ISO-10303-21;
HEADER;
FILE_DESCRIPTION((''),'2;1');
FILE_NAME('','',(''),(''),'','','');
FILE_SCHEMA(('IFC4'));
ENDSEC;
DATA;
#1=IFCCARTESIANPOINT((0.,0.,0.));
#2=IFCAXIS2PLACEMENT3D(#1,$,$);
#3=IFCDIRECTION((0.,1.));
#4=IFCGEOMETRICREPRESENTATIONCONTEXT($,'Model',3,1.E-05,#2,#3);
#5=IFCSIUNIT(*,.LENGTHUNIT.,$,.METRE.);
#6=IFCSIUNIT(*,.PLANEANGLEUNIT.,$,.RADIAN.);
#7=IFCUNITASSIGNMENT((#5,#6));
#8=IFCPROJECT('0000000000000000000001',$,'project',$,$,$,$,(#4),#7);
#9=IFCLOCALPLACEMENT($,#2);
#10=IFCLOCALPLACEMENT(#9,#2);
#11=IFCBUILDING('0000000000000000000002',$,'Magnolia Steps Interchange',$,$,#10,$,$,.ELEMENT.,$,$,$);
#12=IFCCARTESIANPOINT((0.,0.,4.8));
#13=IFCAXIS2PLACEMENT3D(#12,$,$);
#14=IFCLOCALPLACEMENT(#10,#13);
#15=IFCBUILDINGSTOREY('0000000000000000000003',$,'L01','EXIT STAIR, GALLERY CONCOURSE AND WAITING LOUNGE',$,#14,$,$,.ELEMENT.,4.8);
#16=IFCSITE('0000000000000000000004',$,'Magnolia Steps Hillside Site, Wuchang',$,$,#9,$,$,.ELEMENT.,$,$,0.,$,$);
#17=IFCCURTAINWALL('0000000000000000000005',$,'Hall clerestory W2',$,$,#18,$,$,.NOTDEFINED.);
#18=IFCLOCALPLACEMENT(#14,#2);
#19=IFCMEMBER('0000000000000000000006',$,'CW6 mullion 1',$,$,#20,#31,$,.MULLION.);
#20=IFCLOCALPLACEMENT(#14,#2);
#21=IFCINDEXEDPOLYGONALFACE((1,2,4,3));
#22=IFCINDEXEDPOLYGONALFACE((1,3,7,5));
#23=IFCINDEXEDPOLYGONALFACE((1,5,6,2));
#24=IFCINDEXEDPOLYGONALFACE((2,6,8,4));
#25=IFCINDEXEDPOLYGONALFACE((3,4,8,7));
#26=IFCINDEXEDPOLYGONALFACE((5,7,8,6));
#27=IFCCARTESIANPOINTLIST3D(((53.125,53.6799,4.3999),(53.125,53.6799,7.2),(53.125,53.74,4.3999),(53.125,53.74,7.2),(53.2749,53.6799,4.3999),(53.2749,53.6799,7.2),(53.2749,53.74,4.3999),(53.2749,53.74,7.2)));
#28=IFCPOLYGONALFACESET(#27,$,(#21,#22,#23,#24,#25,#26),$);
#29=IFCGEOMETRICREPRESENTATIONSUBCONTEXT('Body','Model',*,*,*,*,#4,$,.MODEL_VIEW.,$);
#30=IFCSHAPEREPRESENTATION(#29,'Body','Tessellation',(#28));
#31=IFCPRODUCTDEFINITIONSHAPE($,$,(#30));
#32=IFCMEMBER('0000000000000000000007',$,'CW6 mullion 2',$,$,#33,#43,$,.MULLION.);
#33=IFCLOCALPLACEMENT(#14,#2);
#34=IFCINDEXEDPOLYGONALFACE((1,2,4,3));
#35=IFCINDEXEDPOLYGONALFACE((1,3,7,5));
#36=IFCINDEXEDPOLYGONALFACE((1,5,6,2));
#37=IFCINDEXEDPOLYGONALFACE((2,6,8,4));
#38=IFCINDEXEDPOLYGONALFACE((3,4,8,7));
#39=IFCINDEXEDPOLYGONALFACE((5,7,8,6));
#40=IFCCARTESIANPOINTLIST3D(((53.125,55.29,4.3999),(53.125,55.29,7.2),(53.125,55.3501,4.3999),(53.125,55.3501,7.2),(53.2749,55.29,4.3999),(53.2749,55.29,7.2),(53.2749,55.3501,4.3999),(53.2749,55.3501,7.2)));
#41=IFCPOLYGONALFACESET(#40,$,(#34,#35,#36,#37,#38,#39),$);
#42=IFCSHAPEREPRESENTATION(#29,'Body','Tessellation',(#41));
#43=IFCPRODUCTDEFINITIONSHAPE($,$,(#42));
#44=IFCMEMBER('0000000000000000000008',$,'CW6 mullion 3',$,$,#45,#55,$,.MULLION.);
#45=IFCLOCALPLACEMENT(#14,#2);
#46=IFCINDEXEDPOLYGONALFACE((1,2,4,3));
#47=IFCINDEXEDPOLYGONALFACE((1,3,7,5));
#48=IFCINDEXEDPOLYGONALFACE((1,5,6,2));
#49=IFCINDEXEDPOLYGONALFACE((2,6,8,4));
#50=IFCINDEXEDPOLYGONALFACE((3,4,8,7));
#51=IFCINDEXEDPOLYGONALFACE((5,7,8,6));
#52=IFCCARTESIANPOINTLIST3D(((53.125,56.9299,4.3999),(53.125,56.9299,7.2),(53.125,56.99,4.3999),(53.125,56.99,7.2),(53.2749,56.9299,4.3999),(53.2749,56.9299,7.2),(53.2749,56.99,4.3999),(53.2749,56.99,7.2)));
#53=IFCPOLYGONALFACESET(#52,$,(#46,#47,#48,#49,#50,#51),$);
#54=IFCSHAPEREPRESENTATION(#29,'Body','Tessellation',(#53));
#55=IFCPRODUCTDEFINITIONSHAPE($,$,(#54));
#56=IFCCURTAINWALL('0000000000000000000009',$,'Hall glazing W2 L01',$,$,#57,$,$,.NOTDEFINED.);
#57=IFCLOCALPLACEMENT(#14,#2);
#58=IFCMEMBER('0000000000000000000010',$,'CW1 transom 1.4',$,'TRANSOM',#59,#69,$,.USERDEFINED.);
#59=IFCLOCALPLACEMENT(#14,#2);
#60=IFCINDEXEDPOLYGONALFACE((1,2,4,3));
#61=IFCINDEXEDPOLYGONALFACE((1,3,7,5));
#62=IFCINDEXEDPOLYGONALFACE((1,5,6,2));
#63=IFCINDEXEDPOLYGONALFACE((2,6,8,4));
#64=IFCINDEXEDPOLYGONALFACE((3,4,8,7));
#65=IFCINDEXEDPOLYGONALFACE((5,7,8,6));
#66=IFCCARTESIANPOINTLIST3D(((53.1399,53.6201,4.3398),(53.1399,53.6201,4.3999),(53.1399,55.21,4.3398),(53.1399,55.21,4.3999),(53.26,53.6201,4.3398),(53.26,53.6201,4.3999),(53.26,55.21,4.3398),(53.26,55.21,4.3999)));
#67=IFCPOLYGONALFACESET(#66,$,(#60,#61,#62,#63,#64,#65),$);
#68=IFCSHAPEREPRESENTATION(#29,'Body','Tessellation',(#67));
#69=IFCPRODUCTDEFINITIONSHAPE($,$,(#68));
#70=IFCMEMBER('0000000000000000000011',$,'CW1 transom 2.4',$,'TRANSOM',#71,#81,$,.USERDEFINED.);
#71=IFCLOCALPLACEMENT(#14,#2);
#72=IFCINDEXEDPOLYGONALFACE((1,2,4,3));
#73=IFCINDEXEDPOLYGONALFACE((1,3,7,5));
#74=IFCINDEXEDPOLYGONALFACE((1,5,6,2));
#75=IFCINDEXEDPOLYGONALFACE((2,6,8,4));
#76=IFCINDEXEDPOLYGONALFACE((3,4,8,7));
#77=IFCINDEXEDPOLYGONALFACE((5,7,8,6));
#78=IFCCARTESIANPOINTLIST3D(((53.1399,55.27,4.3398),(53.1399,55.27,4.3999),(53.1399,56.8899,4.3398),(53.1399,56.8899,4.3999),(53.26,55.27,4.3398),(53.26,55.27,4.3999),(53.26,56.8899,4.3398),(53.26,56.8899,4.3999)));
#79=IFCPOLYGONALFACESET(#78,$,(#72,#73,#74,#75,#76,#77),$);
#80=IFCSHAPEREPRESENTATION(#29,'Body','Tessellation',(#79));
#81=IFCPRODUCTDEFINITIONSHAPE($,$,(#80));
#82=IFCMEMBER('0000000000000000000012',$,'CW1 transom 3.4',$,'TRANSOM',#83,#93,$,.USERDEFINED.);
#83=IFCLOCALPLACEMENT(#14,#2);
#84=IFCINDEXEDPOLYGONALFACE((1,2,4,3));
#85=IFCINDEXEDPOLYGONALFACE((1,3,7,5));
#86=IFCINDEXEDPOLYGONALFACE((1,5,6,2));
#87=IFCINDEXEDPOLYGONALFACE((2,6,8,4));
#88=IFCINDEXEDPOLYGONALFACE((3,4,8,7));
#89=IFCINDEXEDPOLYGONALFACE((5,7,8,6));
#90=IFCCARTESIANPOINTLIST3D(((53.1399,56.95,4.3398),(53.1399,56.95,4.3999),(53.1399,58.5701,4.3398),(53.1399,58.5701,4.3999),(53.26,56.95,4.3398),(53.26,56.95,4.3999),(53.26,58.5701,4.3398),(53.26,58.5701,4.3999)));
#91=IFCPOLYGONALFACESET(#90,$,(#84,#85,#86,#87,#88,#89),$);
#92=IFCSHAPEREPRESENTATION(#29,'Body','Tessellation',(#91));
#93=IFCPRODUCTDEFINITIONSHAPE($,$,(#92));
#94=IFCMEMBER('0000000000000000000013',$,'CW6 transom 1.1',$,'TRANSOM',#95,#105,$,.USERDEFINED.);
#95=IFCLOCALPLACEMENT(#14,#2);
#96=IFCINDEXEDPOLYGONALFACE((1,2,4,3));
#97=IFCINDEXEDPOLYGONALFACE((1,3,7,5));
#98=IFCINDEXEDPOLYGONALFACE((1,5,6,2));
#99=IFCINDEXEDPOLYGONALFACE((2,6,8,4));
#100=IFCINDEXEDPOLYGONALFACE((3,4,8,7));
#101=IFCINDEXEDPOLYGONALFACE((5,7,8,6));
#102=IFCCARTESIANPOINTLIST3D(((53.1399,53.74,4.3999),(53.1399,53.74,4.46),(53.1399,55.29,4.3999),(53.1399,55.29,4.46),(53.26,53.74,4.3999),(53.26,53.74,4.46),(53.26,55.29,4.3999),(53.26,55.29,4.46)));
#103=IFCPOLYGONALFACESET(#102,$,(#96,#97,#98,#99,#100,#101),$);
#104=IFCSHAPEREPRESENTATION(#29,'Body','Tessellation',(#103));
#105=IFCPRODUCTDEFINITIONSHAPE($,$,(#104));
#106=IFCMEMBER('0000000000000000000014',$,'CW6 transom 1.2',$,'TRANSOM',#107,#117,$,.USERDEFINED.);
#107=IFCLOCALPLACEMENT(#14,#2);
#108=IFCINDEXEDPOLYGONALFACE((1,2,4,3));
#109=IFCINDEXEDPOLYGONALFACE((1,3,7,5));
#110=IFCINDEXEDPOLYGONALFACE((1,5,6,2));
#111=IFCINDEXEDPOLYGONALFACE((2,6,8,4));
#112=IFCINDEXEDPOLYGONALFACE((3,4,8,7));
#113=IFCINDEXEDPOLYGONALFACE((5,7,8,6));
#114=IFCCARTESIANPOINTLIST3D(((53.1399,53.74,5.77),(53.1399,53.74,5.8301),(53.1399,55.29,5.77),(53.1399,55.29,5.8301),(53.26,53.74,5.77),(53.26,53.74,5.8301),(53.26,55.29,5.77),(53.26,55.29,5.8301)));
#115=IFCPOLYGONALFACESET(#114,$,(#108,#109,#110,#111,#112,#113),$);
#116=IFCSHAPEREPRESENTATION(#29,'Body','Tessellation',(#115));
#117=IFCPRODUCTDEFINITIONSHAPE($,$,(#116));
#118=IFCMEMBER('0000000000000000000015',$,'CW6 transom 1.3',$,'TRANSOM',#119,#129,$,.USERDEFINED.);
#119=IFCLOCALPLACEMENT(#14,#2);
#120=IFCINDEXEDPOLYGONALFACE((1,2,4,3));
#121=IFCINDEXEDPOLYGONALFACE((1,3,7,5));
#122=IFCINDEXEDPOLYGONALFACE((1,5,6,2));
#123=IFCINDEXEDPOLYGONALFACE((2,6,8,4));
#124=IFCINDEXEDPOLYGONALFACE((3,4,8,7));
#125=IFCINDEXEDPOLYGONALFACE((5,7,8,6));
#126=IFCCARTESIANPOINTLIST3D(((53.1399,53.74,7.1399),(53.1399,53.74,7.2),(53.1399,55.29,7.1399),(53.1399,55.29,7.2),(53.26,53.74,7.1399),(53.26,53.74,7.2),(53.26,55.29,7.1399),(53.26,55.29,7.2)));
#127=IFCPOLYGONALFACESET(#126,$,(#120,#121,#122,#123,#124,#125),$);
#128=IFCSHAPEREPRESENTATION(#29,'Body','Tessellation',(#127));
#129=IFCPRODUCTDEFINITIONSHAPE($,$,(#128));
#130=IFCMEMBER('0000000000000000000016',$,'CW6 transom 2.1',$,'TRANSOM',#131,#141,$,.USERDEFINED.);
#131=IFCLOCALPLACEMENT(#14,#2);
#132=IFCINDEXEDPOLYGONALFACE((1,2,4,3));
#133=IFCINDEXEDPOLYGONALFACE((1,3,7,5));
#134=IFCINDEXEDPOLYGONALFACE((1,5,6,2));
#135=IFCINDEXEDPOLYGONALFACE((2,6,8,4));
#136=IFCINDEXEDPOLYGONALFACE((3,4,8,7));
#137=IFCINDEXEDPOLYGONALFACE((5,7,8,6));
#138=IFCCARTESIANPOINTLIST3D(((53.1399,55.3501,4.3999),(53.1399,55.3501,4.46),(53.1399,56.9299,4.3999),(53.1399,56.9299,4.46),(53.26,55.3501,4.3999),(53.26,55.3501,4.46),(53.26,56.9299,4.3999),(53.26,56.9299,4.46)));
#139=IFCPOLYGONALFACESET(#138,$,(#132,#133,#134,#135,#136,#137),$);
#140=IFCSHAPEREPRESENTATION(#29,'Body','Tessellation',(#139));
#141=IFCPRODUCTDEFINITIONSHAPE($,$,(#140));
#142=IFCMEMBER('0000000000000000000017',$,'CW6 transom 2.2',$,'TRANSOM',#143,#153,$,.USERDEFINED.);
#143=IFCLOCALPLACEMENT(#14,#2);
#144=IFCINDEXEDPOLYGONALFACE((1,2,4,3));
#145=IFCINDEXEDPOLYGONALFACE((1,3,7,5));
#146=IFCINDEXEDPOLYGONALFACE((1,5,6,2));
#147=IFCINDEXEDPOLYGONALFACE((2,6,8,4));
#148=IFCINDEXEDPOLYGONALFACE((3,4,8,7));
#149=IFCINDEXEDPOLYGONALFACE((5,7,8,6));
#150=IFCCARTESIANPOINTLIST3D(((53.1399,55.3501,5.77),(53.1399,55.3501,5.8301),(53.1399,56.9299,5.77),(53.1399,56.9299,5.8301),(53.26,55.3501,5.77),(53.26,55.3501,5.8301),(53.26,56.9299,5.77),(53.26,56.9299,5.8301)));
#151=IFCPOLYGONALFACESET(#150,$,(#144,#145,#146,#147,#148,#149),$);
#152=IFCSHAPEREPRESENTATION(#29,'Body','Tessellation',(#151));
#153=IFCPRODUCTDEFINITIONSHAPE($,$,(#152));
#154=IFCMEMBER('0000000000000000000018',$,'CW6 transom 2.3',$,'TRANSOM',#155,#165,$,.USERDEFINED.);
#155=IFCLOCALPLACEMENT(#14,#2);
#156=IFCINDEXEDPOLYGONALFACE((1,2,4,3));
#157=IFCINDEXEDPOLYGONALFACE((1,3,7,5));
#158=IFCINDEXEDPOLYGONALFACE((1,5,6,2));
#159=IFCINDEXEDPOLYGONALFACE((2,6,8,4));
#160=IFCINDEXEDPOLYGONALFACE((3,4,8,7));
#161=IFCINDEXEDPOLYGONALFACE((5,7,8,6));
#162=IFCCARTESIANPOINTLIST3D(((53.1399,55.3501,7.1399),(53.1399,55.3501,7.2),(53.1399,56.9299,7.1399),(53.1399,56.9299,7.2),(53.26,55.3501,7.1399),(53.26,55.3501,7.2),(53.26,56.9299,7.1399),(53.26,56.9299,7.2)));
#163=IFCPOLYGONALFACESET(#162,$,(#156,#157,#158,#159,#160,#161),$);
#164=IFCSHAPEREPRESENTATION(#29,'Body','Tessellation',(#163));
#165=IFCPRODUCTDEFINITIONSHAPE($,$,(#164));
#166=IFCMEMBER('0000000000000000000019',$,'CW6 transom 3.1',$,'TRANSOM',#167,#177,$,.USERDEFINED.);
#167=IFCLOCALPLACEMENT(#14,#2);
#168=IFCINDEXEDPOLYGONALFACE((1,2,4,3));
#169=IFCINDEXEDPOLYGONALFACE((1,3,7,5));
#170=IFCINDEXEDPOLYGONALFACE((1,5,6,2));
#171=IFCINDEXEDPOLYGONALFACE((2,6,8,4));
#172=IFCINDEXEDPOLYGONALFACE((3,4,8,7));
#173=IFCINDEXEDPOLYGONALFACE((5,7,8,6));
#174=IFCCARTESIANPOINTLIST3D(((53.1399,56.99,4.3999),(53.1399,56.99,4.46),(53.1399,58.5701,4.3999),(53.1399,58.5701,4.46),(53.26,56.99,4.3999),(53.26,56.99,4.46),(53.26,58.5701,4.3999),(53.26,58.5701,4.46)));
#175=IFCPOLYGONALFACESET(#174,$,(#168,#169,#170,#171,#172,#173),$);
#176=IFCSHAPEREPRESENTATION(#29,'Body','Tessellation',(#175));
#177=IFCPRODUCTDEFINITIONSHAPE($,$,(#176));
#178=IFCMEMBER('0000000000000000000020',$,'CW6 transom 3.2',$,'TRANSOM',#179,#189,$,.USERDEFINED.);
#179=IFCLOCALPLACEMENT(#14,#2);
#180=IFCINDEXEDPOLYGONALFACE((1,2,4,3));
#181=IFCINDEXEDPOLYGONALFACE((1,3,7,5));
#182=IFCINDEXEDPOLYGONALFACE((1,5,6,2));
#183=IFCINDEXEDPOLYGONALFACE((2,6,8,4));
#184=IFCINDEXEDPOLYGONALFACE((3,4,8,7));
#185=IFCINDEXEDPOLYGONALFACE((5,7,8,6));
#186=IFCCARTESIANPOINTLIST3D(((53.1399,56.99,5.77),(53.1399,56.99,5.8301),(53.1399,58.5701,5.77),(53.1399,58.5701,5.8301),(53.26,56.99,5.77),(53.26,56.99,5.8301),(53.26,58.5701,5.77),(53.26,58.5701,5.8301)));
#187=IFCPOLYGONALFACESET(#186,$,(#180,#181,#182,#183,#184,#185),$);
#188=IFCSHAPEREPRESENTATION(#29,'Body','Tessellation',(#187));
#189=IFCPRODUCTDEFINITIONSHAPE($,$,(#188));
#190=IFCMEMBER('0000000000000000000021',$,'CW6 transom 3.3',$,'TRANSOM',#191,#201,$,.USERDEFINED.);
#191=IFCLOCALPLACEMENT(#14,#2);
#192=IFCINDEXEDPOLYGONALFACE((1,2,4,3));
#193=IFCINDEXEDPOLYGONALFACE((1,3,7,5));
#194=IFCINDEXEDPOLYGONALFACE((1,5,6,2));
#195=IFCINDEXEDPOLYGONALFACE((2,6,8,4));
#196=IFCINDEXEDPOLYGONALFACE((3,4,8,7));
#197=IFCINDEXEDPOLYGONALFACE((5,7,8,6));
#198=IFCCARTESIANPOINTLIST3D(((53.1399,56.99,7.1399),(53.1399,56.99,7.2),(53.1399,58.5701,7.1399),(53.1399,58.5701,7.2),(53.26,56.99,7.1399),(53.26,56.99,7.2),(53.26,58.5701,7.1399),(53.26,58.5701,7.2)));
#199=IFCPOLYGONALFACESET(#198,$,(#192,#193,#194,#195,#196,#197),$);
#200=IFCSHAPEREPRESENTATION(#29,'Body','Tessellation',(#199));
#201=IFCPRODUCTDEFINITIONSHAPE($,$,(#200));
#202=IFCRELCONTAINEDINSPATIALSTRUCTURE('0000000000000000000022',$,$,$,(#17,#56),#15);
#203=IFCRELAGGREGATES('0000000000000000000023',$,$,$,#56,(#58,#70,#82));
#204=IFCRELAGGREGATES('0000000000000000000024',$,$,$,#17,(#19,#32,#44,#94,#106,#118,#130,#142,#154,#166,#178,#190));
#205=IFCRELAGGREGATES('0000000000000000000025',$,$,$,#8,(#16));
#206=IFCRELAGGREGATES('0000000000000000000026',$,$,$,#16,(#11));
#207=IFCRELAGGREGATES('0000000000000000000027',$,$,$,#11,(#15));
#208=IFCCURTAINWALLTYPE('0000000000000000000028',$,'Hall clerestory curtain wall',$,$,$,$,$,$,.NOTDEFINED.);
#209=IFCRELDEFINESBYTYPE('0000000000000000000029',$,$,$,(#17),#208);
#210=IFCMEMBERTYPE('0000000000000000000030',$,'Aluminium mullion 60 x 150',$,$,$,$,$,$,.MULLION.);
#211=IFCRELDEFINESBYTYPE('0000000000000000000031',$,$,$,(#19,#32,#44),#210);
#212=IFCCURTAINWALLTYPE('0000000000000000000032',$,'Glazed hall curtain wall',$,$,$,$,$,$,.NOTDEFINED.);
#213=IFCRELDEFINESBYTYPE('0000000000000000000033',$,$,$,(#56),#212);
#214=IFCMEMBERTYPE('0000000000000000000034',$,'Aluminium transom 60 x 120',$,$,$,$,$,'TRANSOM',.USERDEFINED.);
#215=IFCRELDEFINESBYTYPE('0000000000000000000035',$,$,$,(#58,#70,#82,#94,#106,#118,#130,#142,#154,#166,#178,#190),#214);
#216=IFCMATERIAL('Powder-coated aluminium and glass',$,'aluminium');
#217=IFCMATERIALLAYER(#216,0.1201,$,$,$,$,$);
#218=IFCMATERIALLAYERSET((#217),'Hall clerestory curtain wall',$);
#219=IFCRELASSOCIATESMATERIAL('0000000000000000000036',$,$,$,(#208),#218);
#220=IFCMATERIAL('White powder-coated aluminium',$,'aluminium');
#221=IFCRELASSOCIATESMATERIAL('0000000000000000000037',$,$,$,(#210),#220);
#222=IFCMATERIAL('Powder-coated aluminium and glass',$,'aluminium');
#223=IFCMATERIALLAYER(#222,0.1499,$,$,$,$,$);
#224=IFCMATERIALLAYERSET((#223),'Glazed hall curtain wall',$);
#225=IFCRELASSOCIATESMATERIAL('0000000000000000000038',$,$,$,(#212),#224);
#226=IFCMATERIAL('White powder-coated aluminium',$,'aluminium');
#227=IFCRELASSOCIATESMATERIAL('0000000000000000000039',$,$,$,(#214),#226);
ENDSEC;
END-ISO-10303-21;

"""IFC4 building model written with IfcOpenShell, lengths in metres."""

from ifc_helpers import new_model, si_unit, direction, frame, origin, origin_2d, place, context, subcontext, project, spatial, rectangle, extrude, material, layer, layer_set, material_profile, profile_set, type_object, element, aggregate, save


model = new_model("IFC4")

# Units and contexts
model_context = context("Model", 3, precision=1e-05, world=origin(), true_north=direction((0.0, 1.0)))
body_context = subcontext(model_context, "Body", "Model", "MODEL_VIEW")
ifc_project = project(units=[si_unit("LENGTHUNIT", "METRE"), si_unit("PLANEANGLEUNIT", "RADIAN")], contexts=[model_context])

# Site, building, storey
site_placement = place(None, origin())
site = spatial("IfcSite", under=ifc_project, at=site_placement, Name="Magnolia Steps Hillside Site, Wuchang", CompositionType="ELEMENT", RefElevation=0.0)
building_placement = place(site_placement, origin())
building = spatial("IfcBuilding", under=site, at=building_placement, Name="Magnolia Steps Interchange", CompositionType="ELEMENT")
storey_placement = place(building_placement, frame((0.0, 0.0, 4.8)))
storey = spatial("IfcBuildingStorey", under=building, at=storey_placement, Name="L01", Description="EXIT STAIR, GALLERY CONCOURSE AND WAITING LOUNGE", CompositionType="ELEMENT", Elevation=4.8)

# Curtain walls, members
ifc_material_1 = material(Name="Powder-coated aluminium and glass", Category="aluminium")
ifc_layer_1 = layer(ifc_material_1, 0.1201)
ifc_layer_set_1 = layer_set([ifc_layer_1], Name="Hall clerestory curtain wall")
curtain_wall_type_1 = type_object("IfcCurtainWallType", Name="Hall clerestory curtain wall", PredefinedType="NOTDEFINED", material=ifc_layer_set_1)
curtain_wall_1_placement = place(storey_placement, origin())
curtain_wall_1 = element("IfcCurtainWall", 1, at=curtain_wall_1_placement, inside=storey, type_object=curtain_wall_type_1, Name="Hall clerestory W2", PredefinedType="NOTDEFINED")
ifc_material_2 = material(Name="White powder-coated aluminium", Category="aluminium")
ifc_material_profile_1 = material_profile(ifc_material_2, rectangle(XDim=0.0601, YDim=0.1499, at=origin_2d()), Name="Aluminium mullion 60 x 150")
ifc_profile_set_1 = profile_set([ifc_material_profile_1], Name="White powder-coated aluminium")
member_type_1 = type_object("IfcMemberType", Name="Aluminium mullion 60 x 150", PredefinedType="MULLION", material=ifc_profile_set_1)
member_1_placement = place(storey_placement, frame((53.2, 53.71, 4.3999), z_axis=(0.0, 0.0, 1.0), x_axis=(0.0, 1.0, 0.0)))
member_1 = element("IfcMember", 2, at=member_1_placement, type_object=member_type_1, Name="CW6 mullion 1", PredefinedType="MULLION", context=body_context, shape_type="SweptSolid", body=[
    extrude(rectangle(XDim=0.0601, YDim=0.1499, at=origin_2d()), origin(), (0.0, 0.0, 1.0), 2.8),
])
member_2_placement = place(storey_placement, frame((53.2, 55.3201, 4.3999), z_axis=(0.0, 0.0, 1.0), x_axis=(0.0, 1.0, 0.0)))
member_2 = element("IfcMember", 3, at=member_2_placement, type_object=member_type_1, Name="CW6 mullion 2", PredefinedType="MULLION", context=body_context, shape_type="SweptSolid", body=[
    extrude(rectangle(XDim=0.0601, YDim=0.1499, at=origin_2d()), origin(), (0.0, 0.0, 1.0), 2.8),
])
member_3_placement = place(storey_placement, frame((53.2, 56.96, 4.3999), z_axis=(0.0, 0.0, 1.0), x_axis=(0.0, 1.0, 0.0)))
member_3 = element("IfcMember", 4, at=member_3_placement, type_object=member_type_1, Name="CW6 mullion 3", PredefinedType="MULLION", context=body_context, shape_type="SweptSolid", body=[
    extrude(rectangle(XDim=0.0601, YDim=0.1499, at=origin_2d()), origin(), (0.0, 0.0, 1.0), 2.8),
])
ifc_material_3 = material(Name="Powder-coated aluminium and glass", Category="aluminium")
ifc_layer_2 = layer(ifc_material_3, 0.1499)
ifc_layer_set_2 = layer_set([ifc_layer_2], Name="Glazed hall curtain wall")
curtain_wall_type_2 = type_object("IfcCurtainWallType", Name="Glazed hall curtain wall", PredefinedType="NOTDEFINED", material=ifc_layer_set_2)
curtain_wall_2_placement = place(storey_placement, origin())
curtain_wall_2 = element("IfcCurtainWall", 5, at=curtain_wall_2_placement, inside=storey, type_object=curtain_wall_type_2, Name="Hall glazing W2 L01", PredefinedType="NOTDEFINED")
ifc_material_4 = material(Name="White powder-coated aluminium", Category="aluminium")
ifc_material_profile_2 = material_profile(ifc_material_4, rectangle(XDim=0.0601, YDim=0.1201, at=origin_2d()), Name="Aluminium transom 60 x 120")
ifc_profile_set_2 = profile_set([ifc_material_profile_2], Name="White powder-coated aluminium")
member_type_2 = type_object("IfcMemberType", Name="Aluminium transom 60 x 120", ElementType="TRANSOM", PredefinedType="USERDEFINED", material=ifc_profile_set_2)
member_4_placement = place(storey_placement, frame((53.2, 53.6201, 4.3699), z_axis=(0.0, 1.0, 0.0), x_axis=(0.0, 0.0, 1.0)))
member_4 = element("IfcMember", 6, at=member_4_placement, type_object=member_type_2, Name="CW1 transom 1.4", ObjectType="TRANSOM", PredefinedType="USERDEFINED", context=body_context, shape_type="SweptSolid", body=[
    extrude(rectangle(XDim=0.0601, YDim=0.1201, at=origin_2d()), origin(), (0.0, 0.0, 1.0), 1.5898),
])
member_5_placement = place(storey_placement, frame((53.2, 55.27, 4.3699), z_axis=(0.0, 1.0, 0.0), x_axis=(0.0, 0.0, 1.0)))
member_5 = element("IfcMember", 7, at=member_5_placement, type_object=member_type_2, Name="CW1 transom 2.4", ObjectType="TRANSOM", PredefinedType="USERDEFINED", context=body_context, shape_type="SweptSolid", body=[
    extrude(rectangle(XDim=0.0601, YDim=0.1201, at=origin_2d()), origin(), (0.0, 0.0, 1.0), 1.6199),
])
member_6_placement = place(storey_placement, frame((53.2, 56.95, 4.3699), z_axis=(0.0, 1.0, 0.0), x_axis=(0.0, 0.0, 1.0)))
member_6 = element("IfcMember", 8, at=member_6_placement, type_object=member_type_2, Name="CW1 transom 3.4", ObjectType="TRANSOM", PredefinedType="USERDEFINED", context=body_context, shape_type="SweptSolid", body=[
    extrude(rectangle(XDim=0.0601, YDim=0.1201, at=origin_2d()), origin(), (0.0, 0.0, 1.0), 1.6201),
])

# Members
member_7_placement = place(storey_placement, frame((53.2, 53.74, 4.4299), z_axis=(0.0, 1.0, 0.0), x_axis=(0.0, 0.0, 1.0)))
member_7 = element("IfcMember", 9, at=member_7_placement, type_object=member_type_2, Name="CW6 transom 1.1", ObjectType="TRANSOM", PredefinedType="USERDEFINED", context=body_context, shape_type="SweptSolid", body=[
    extrude(rectangle(XDim=0.0601, YDim=0.1201, at=origin_2d()), origin(), (0.0, 0.0, 1.0), 1.55),
])
member_8_placement = place(storey_placement, frame((53.2, 53.74, 5.8), z_axis=(0.0, 1.0, 0.0), x_axis=(0.0, 0.0, 1.0)))
member_8 = element("IfcMember", 10, at=member_8_placement, type_object=member_type_2, Name="CW6 transom 1.2", ObjectType="TRANSOM", PredefinedType="USERDEFINED", context=body_context, shape_type="SweptSolid", body=[
    extrude(rectangle(XDim=0.0601, YDim=0.1201, at=origin_2d()), origin(), (0.0, 0.0, 1.0), 1.55),
])
member_9_placement = place(storey_placement, frame((53.2, 53.74, 7.1699), z_axis=(0.0, 1.0, 0.0), x_axis=(0.0, 0.0, 1.0)))
member_9 = element("IfcMember", 11, at=member_9_placement, type_object=member_type_2, Name="CW6 transom 1.3", ObjectType="TRANSOM", PredefinedType="USERDEFINED", context=body_context, shape_type="SweptSolid", body=[
    extrude(rectangle(XDim=0.0601, YDim=0.1201, at=origin_2d()), origin(), (0.0, 0.0, 1.0), 1.55),
])
member_10_placement = place(storey_placement, frame((53.2, 55.3501, 4.4299), z_axis=(0.0, 1.0, 0.0), x_axis=(0.0, 0.0, 1.0)))
member_10 = element("IfcMember", 12, at=member_10_placement, type_object=member_type_2, Name="CW6 transom 2.1", ObjectType="TRANSOM", PredefinedType="USERDEFINED", context=body_context, shape_type="SweptSolid", body=[
    extrude(rectangle(XDim=0.0601, YDim=0.1201, at=origin_2d()), origin(), (0.0, 0.0, 1.0), 1.5798),
])
member_11_placement = place(storey_placement, frame((53.2, 55.3501, 5.8), z_axis=(0.0, 1.0, 0.0), x_axis=(0.0, 0.0, 1.0)))
member_11 = element("IfcMember", 13, at=member_11_placement, type_object=member_type_2, Name="CW6 transom 2.2", ObjectType="TRANSOM", PredefinedType="USERDEFINED", context=body_context, shape_type="SweptSolid", body=[
    extrude(rectangle(XDim=0.0601, YDim=0.1201, at=origin_2d()), origin(), (0.0, 0.0, 1.0), 1.5798),
])
member_12_placement = place(storey_placement, frame((53.2, 55.3501, 7.1699), z_axis=(0.0, 1.0, 0.0), x_axis=(0.0, 0.0, 1.0)))
member_12 = element("IfcMember", 14, at=member_12_placement, type_object=member_type_2, Name="CW6 transom 2.3", ObjectType="TRANSOM", PredefinedType="USERDEFINED", context=body_context, shape_type="SweptSolid", body=[
    extrude(rectangle(XDim=0.0601, YDim=0.1201, at=origin_2d()), origin(), (0.0, 0.0, 1.0), 1.5798),
])
member_13_placement = place(storey_placement, frame((53.2, 56.99, 4.4299), z_axis=(0.0, 1.0, 0.0), x_axis=(0.0, 0.0, 1.0)))
member_13 = element("IfcMember", 15, at=member_13_placement, type_object=member_type_2, Name="CW6 transom 3.1", ObjectType="TRANSOM", PredefinedType="USERDEFINED", context=body_context, shape_type="SweptSolid", body=[
    extrude(rectangle(XDim=0.0601, YDim=0.1201, at=origin_2d()), origin(), (0.0, 0.0, 1.0), 1.5801),
])
member_14_placement = place(storey_placement, frame((53.2, 56.99, 5.8), z_axis=(0.0, 1.0, 0.0), x_axis=(0.0, 0.0, 1.0)))
member_14 = element("IfcMember", 16, at=member_14_placement, type_object=member_type_2, Name="CW6 transom 3.2", ObjectType="TRANSOM", PredefinedType="USERDEFINED", context=body_context, shape_type="SweptSolid", body=[
    extrude(rectangle(XDim=0.0601, YDim=0.1201, at=origin_2d()), origin(), (0.0, 0.0, 1.0), 1.5801),
])
member_15_placement = place(storey_placement, frame((53.2, 56.99, 7.1699), z_axis=(0.0, 1.0, 0.0), x_axis=(0.0, 0.0, 1.0)))
member_15 = element("IfcMember", 17, at=member_15_placement, type_object=member_type_2, Name="CW6 transom 3.3", ObjectType="TRANSOM", PredefinedType="USERDEFINED", context=body_context, shape_type="SweptSolid", body=[
    extrude(rectangle(XDim=0.0601, YDim=0.1201, at=origin_2d()), origin(), (0.0, 0.0, 1.0), 1.5801),
])

aggregate(curtain_wall_2, [member_4, member_5, member_6])
aggregate(curtain_wall_1, [member_1, member_2, member_3, member_7, member_8, member_9, member_10, member_11, member_12, member_13, member_14, member_15])

save(model, "model.ifc")
